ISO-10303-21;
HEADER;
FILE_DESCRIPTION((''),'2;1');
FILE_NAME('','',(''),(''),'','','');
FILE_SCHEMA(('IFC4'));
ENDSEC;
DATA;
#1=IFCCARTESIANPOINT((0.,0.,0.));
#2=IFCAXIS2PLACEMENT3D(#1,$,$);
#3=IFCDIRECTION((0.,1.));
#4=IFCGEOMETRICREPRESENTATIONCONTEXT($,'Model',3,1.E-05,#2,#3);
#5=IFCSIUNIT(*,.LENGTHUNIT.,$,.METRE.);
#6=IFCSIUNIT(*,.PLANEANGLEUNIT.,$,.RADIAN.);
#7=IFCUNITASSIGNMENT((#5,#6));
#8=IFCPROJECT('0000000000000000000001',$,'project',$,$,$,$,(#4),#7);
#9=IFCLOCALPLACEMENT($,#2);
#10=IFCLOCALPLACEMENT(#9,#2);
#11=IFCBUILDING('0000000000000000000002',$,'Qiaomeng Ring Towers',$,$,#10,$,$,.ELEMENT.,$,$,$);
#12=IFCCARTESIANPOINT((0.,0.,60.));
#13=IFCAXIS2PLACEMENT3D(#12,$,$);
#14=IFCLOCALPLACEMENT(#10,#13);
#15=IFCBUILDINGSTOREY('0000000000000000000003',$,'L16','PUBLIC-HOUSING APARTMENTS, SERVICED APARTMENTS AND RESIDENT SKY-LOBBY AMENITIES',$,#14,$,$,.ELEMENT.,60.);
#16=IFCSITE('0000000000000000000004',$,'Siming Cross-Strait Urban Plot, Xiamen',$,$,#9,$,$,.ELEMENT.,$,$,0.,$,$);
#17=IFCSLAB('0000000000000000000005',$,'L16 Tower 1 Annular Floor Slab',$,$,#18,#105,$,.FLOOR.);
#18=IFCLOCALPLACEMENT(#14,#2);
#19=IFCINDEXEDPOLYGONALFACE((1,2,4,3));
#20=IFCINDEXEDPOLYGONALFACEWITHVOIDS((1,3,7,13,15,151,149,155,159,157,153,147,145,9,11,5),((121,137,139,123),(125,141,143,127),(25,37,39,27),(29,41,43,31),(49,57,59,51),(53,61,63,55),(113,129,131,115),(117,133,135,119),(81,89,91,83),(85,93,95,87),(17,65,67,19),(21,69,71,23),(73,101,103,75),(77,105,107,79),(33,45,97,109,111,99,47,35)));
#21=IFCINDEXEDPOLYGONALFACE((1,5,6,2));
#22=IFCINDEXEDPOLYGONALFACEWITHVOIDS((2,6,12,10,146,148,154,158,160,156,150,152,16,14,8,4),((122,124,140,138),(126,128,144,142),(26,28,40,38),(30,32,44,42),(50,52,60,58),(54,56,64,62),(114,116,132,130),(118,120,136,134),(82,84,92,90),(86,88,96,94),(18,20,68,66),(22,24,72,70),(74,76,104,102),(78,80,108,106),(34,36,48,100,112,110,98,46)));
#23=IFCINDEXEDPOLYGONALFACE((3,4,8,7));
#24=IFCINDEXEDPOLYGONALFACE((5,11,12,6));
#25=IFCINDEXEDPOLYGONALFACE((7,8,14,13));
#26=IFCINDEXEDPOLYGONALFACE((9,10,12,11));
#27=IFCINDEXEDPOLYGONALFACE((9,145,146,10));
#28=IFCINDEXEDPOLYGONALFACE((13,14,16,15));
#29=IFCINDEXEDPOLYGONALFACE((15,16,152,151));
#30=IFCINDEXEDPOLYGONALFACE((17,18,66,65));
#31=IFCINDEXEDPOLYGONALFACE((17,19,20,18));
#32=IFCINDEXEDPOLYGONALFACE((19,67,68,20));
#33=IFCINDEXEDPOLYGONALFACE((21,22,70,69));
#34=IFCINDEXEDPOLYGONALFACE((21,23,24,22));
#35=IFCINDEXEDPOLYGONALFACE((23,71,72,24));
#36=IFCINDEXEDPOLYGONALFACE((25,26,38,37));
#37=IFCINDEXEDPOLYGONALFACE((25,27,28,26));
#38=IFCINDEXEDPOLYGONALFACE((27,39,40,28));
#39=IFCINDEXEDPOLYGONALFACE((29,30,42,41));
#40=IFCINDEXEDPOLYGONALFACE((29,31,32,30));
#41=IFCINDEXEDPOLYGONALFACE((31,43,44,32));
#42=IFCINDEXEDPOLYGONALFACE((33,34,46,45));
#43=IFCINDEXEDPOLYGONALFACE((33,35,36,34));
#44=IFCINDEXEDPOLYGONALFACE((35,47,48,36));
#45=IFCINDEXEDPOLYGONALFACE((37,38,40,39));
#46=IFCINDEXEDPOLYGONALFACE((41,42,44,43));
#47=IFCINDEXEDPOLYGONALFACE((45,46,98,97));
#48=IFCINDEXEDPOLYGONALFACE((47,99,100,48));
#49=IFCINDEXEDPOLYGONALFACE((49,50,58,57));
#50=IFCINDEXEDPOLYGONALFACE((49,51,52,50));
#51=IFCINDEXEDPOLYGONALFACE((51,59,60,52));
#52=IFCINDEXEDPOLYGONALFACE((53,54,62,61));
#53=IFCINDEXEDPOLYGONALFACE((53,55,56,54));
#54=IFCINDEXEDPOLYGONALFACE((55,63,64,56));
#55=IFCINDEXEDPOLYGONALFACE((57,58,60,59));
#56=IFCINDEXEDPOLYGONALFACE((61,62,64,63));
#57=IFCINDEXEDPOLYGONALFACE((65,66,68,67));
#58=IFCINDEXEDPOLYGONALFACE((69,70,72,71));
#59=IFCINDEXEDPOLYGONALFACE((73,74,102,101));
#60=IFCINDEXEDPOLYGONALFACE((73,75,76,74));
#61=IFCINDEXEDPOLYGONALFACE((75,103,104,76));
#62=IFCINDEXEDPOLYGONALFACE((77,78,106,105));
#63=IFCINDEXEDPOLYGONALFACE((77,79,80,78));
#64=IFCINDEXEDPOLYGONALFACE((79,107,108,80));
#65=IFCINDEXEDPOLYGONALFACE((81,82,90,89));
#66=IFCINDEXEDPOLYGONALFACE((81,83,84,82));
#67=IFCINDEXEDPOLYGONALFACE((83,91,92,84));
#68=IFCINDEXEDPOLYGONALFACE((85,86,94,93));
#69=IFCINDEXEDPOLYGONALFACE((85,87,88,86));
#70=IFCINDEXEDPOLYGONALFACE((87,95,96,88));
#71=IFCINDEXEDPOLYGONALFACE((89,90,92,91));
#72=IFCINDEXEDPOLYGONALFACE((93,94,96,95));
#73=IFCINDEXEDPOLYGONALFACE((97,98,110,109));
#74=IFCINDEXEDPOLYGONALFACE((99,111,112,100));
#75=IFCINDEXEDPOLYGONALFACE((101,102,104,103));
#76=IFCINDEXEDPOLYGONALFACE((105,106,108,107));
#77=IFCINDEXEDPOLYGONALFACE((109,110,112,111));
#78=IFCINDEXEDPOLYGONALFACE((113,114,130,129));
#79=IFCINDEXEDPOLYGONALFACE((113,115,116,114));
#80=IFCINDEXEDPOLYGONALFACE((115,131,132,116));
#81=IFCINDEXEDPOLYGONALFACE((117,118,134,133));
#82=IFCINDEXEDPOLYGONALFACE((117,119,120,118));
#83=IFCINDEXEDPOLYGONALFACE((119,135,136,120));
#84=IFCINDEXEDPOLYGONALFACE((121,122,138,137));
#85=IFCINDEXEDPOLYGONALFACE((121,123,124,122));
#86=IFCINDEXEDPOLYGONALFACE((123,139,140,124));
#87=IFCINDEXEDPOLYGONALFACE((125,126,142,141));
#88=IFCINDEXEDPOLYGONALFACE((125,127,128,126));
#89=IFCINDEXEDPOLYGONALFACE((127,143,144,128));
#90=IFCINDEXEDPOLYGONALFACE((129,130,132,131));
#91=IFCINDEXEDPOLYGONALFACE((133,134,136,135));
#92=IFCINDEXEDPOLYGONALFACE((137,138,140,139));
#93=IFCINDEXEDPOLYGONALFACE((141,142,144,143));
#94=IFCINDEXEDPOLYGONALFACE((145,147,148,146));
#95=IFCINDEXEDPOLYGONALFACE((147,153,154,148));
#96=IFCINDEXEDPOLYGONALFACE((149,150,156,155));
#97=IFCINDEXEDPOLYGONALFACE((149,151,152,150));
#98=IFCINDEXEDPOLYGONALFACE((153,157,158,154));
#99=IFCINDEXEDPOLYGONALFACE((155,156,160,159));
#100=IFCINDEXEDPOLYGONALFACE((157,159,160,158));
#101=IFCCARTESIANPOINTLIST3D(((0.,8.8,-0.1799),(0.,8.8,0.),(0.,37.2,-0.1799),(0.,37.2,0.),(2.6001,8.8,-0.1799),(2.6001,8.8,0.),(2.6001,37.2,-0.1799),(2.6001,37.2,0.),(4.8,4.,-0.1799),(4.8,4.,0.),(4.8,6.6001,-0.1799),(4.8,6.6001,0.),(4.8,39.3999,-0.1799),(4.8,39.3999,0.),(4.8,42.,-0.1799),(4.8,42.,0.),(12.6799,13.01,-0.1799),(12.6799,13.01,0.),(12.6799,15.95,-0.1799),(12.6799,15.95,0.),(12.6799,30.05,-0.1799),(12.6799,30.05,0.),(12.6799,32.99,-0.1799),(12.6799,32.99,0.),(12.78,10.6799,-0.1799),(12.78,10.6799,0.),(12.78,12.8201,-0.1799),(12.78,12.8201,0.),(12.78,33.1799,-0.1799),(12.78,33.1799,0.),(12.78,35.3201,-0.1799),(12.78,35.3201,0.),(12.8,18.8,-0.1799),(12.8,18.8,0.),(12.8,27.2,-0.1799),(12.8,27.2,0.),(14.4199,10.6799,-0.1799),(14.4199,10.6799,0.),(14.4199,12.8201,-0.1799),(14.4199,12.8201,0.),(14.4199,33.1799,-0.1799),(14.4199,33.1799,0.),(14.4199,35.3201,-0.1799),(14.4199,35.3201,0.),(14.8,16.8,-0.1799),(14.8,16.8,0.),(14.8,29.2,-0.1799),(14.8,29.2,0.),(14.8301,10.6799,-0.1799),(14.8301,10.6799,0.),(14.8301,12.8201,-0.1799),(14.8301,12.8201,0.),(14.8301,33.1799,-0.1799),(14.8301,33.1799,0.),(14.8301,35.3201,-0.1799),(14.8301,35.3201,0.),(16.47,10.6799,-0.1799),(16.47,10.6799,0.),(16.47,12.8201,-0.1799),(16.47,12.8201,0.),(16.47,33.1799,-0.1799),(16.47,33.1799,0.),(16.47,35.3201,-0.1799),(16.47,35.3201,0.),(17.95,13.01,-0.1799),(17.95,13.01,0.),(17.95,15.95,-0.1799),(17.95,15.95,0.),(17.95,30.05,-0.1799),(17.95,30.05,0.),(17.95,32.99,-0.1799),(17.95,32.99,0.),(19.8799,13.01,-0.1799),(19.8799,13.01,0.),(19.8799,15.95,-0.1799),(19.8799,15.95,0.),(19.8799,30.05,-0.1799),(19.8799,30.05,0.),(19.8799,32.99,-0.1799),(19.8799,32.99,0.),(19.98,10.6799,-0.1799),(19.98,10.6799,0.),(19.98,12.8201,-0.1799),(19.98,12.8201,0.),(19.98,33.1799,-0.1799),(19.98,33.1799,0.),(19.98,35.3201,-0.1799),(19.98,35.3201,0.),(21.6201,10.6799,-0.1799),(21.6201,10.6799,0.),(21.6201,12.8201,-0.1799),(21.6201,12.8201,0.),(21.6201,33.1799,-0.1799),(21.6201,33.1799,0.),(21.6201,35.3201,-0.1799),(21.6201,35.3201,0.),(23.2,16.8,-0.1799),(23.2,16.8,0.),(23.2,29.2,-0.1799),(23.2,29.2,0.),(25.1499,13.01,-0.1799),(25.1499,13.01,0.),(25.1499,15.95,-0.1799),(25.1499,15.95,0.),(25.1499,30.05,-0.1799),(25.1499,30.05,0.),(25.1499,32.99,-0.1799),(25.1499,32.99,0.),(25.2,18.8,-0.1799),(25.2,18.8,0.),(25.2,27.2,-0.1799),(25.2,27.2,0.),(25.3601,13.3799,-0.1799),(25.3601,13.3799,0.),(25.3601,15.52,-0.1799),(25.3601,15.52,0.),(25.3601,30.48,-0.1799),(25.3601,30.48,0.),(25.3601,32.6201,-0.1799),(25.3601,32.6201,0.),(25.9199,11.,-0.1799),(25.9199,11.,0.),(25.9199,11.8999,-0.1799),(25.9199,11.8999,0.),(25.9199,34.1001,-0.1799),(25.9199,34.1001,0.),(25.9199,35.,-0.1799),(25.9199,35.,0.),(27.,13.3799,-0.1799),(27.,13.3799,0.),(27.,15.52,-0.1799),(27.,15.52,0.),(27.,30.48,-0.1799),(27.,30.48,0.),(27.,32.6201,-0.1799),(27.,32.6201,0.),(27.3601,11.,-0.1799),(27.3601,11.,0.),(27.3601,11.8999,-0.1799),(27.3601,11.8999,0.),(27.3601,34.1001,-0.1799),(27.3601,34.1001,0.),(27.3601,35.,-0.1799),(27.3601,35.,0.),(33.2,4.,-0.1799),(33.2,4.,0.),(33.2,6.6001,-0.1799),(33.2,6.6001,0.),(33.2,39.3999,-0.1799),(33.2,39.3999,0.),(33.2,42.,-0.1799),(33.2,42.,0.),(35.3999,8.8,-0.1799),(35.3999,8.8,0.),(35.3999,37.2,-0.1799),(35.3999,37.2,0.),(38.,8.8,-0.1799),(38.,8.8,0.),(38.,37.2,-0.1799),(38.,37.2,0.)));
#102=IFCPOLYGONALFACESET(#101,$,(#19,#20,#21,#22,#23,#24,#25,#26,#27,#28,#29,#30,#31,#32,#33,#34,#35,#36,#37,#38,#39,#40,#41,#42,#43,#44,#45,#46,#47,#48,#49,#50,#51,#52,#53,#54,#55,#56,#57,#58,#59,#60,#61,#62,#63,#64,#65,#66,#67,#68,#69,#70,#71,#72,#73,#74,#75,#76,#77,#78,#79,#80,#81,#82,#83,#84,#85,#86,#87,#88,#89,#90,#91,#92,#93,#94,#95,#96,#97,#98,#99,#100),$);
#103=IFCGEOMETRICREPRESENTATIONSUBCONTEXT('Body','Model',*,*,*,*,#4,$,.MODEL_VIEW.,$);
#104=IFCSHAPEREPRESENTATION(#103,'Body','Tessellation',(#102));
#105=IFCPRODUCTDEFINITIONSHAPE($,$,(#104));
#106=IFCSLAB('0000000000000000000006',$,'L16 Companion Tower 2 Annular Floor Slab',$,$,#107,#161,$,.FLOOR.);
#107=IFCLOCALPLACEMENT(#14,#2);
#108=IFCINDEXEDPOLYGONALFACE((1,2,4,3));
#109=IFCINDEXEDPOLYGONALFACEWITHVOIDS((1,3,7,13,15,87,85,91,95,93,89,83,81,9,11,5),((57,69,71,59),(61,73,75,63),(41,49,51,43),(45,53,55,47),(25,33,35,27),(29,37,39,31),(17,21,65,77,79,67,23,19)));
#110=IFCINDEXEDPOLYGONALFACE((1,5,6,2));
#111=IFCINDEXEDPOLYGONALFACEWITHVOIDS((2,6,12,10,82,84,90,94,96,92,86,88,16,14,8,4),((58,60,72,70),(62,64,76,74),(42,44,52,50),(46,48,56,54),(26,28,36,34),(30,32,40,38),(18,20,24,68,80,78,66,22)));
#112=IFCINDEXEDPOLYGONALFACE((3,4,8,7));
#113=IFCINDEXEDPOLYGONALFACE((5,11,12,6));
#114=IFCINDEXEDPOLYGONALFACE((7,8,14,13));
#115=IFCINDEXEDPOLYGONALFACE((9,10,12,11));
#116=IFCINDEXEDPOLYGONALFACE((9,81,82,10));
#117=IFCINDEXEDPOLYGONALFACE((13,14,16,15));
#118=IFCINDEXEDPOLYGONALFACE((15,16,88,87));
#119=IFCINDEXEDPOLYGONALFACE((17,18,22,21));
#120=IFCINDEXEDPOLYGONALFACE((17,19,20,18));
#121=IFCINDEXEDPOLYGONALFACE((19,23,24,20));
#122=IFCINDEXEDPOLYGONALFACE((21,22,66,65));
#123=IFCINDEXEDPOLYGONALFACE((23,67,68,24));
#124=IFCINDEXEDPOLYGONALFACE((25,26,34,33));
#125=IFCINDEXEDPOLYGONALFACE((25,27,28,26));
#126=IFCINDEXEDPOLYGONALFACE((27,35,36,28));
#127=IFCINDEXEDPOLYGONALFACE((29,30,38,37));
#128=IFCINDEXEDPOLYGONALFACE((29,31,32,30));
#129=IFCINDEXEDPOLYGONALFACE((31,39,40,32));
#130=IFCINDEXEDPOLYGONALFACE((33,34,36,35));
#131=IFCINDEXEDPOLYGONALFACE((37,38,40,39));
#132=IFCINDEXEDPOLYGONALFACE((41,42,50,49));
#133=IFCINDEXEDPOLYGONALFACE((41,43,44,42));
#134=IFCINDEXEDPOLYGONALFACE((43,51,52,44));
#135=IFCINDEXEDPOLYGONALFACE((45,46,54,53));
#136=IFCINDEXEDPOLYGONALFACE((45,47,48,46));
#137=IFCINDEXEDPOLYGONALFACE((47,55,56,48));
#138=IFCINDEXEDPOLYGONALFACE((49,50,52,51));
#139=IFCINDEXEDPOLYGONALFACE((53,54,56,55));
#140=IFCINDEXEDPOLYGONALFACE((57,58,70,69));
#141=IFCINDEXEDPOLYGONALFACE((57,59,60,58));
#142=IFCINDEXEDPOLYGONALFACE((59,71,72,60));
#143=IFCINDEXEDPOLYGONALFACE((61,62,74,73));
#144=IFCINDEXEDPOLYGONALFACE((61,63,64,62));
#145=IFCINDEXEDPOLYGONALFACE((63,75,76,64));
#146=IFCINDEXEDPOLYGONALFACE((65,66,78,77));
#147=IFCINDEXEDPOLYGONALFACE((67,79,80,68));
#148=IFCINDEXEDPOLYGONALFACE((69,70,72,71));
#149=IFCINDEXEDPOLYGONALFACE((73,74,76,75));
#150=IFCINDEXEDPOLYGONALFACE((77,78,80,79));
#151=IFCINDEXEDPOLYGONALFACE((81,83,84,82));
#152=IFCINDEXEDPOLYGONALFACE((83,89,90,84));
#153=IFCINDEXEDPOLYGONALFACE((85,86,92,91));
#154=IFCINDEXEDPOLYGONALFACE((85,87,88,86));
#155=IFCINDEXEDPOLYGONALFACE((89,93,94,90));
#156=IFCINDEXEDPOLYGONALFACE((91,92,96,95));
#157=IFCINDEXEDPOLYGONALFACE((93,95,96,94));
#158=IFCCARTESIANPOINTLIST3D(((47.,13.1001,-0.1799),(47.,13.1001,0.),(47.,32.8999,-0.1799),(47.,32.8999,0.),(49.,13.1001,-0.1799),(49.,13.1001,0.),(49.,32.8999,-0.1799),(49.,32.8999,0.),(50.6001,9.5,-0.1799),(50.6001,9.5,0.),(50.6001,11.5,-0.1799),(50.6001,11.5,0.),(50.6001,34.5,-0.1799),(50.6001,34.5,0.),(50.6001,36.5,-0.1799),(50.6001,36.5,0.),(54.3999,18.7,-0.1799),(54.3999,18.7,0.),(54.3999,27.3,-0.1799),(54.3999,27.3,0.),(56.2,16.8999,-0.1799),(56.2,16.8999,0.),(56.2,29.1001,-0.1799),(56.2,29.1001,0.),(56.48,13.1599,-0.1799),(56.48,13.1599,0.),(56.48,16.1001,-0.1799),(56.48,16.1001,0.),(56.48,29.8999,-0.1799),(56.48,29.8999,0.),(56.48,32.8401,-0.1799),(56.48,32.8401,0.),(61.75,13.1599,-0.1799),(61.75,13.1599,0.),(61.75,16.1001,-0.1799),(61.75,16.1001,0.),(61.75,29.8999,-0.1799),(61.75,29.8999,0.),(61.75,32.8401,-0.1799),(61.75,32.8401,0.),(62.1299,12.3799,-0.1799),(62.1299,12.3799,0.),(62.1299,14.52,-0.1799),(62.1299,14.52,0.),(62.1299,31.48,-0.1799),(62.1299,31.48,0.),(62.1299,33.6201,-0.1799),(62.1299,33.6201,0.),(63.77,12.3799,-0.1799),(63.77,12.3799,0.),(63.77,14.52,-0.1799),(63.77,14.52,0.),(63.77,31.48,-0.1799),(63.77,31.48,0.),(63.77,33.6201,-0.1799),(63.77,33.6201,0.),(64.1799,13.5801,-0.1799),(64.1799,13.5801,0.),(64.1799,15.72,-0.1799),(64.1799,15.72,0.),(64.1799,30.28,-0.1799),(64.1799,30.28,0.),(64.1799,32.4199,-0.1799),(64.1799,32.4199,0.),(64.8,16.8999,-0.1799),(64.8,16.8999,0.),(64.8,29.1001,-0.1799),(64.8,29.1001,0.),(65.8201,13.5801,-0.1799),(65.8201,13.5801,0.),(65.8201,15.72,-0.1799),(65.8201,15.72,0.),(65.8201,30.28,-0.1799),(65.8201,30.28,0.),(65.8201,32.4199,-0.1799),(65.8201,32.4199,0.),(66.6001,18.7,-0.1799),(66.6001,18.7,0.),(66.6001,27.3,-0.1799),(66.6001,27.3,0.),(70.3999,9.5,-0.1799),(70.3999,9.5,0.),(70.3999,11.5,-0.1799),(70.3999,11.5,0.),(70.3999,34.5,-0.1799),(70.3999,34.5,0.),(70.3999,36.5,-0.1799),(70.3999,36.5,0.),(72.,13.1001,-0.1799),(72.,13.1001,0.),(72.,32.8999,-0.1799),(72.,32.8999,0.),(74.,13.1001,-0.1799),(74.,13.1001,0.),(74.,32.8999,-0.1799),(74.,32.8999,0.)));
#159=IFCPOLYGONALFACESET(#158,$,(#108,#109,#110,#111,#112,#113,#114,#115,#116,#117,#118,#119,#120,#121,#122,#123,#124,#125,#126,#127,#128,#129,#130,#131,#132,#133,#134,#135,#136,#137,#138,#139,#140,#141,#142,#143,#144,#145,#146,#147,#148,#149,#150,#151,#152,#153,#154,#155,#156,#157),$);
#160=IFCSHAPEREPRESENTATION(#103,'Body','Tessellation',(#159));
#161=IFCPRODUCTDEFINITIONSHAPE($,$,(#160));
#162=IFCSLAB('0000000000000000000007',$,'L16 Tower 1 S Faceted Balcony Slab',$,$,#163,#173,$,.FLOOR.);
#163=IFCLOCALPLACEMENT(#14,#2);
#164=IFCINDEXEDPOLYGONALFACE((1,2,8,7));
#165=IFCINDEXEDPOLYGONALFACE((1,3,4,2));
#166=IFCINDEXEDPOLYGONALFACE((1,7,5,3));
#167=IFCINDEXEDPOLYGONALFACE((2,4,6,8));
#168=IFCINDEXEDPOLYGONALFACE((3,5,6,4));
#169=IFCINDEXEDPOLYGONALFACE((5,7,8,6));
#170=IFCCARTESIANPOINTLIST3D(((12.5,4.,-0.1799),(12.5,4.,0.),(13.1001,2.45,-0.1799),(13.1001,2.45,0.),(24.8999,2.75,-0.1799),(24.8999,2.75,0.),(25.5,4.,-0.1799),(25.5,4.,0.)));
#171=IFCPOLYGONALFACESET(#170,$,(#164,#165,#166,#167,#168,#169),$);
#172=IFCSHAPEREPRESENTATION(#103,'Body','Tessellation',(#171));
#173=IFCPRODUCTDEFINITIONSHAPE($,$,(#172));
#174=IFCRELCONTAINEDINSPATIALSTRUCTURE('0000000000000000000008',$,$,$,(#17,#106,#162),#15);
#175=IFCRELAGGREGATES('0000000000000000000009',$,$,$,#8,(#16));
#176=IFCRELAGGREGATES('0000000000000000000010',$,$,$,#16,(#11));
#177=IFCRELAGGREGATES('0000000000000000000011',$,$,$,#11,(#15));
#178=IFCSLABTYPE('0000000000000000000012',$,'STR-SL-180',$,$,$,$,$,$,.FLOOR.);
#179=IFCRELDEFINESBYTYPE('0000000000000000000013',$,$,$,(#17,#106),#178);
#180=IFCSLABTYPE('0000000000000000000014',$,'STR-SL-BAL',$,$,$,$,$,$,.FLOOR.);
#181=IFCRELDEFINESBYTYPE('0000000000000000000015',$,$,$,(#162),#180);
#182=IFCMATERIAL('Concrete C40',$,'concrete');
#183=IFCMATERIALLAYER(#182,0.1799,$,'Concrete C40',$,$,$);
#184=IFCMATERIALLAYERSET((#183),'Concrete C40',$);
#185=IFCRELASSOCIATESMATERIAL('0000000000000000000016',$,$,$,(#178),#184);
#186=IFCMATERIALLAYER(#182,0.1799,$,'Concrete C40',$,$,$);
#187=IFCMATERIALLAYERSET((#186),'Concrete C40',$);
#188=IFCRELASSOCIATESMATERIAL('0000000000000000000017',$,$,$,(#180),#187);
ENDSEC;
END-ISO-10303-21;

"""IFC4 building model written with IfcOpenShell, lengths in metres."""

from ifc_helpers import new_model, si_unit, direction, frame, origin, place, context, subcontext, project, spatial, polyline, outline, extrude, material, layer, layer_set, type_object, element, save


model = new_model("IFC4")

# Units and contexts
model_context = context("Model", 3, precision=1e-05, world=origin(), true_north=direction((0.0, 1.0)))
body_context = subcontext(model_context, "Body", "Model", "MODEL_VIEW")
ifc_project = project(units=[si_unit("LENGTHUNIT", "METRE"), si_unit("PLANEANGLEUNIT", "RADIAN")], contexts=[model_context])

# Site, building, storey
site_placement = place(None, origin())
site = spatial("IfcSite", under=ifc_project, at=site_placement, Name="Siming Cross-Strait Urban Plot, Xiamen", CompositionType="ELEMENT", RefElevation=0.0)
building_placement = place(site_placement, origin())
building = spatial("IfcBuilding", under=site, at=building_placement, Name="Qiaomeng Ring Towers", CompositionType="ELEMENT")
storey_placement = place(building_placement, frame((0.0, 0.0, 60.0)))
storey = spatial("IfcBuildingStorey", under=building, at=storey_placement, Name="L16", Description="PUBLIC-HOUSING APARTMENTS, SERVICED APARTMENTS AND RESIDENT SKY-LOBBY AMENITIES", CompositionType="ELEMENT", Elevation=60.0)

# Slabs
ifc_material_1 = material(Name="Concrete C40", Category="concrete")
ifc_layer_1 = layer(ifc_material_1, 0.1799, Name="Concrete C40")
ifc_layer_set_1 = layer_set([ifc_layer_1], Name="Concrete C40")
slab_type_1 = type_object("IfcSlabType", Name="STR-SL-180", PredefinedType="FLOOR", material=ifc_layer_set_1)
slab_1_placement = place(storey_placement, frame((0.0, 0.0, -0.1799)))
element("IfcSlab", 1, at=slab_1_placement, inside=storey, type_object=slab_type_1, Name="L16 Tower 1 Annular Floor Slab", PredefinedType="FLOOR", context=body_context, shape_type="SweptSolid", body=[
    extrude(outline(polyline([(4.8, 4.0), (33.2, 4.0), (33.2, 6.6001), (35.3999, 8.8), (38.0, 8.8), (38.0, 37.2), (35.3999, 37.2), (33.2, 39.3999), (33.2, 42.0), (4.8, 42.0), (4.8, 39.3999), (2.6001, 37.2), (0.0, 37.2), (0.0, 8.8), (2.6001, 8.8), (4.8, 6.6001), (4.8, 4.0)]), holes=[polyline([(12.78, 10.6799), (12.78, 12.8201), (14.4199, 12.8201), (14.4199, 10.6799), (12.78, 10.6799)]), polyline([(14.8301, 12.8201), (16.47, 12.8201), (16.47, 10.6799), (14.8301, 10.6799), (14.8301, 12.8201)]), polyline([(12.6799, 15.95), (17.95, 15.95), (17.95, 13.01), (12.6799, 13.01), (12.6799, 15.95)]), polyline([(25.2, 27.2), (25.2, 18.8), (23.2, 16.8), (14.8, 16.8), (12.8, 18.8), (12.8, 27.2), (14.8, 29.2), (23.2, 29.2), (25.2, 27.2)]), polyline([(12.6799, 32.99), (17.95, 32.99), (17.95, 30.05), (12.6799, 30.05), (12.6799, 32.99)]), polyline([(12.78, 35.3201), (14.4199, 35.3201), (14.4199, 33.1799), (12.78, 33.1799), (12.78, 35.3201)]), polyline([(14.8301, 35.3201), (16.47, 35.3201), (16.47, 33.1799), (14.8301, 33.1799), (14.8301, 35.3201)]), polyline([(19.98, 35.3201), (21.6201, 35.3201), (21.6201, 33.1799), (19.98, 33.1799), (19.98, 35.3201)]), polyline([(25.9199, 11.8999), (27.3601, 11.8999), (27.3601, 11.0), (25.9199, 11.0), (25.9199, 11.8999)]), polyline([(19.98, 12.8201), (21.6201, 12.8201), (21.6201, 10.6799), (19.98, 10.6799), (19.98, 12.8201)]), polyline([(25.3601, 15.52), (27.0, 15.52), (27.0, 13.3799), (25.3601, 13.3799), (25.3601, 15.52)]), polyline([(19.8799, 15.95), (25.1499, 15.95), (25.1499, 13.01), (19.8799, 13.01), (19.8799, 15.95)]), polyline([(19.8799, 32.99), (25.1499, 32.99), (25.1499, 30.05), (19.8799, 30.05), (19.8799, 32.99)]), polyline([(25.3601, 32.6201), (27.0, 32.6201), (27.0, 30.48), (25.3601, 30.48), (25.3601, 32.6201)]), polyline([(25.9199, 35.0), (27.3601, 35.0), (27.3601, 34.1001), (25.9199, 34.1001), (25.9199, 35.0)])]), origin(), (0.0, 0.0, 1.0), 0.1799),
])
slab_2_placement = place(storey_placement, frame((0.0, 0.0, -0.1799)))
element("IfcSlab", 2, at=slab_2_placement, inside=storey, type_object=slab_type_1, Name="L16 Companion Tower 2 Annular Floor Slab", PredefinedType="FLOOR", context=body_context, shape_type="SweptSolid", body=[
    extrude(outline(polyline([(50.6001, 9.5), (70.3999, 9.5), (70.3999, 11.5), (72.0, 13.1001), (74.0, 13.1001), (74.0, 32.8999), (72.0, 32.8999), (70.3999, 34.5), (70.3999, 36.5), (50.6001, 36.5), (50.6001, 34.5), (49.0, 32.8999), (47.0, 32.8999), (47.0, 13.1001), (49.0, 13.1001), (50.6001, 11.5), (50.6001, 9.5)]), holes=[polyline([(62.1299, 12.3799), (62.1299, 14.52), (63.77, 14.52), (63.77, 12.3799), (62.1299, 12.3799)]), polyline([(56.48, 13.1599), (56.48, 16.1001), (61.75, 16.1001), (61.75, 13.1599), (56.48, 13.1599)]), polyline([(64.1799, 13.5801), (64.1799, 15.72), (65.8201, 15.72), (65.8201, 13.5801), (64.1799, 13.5801)]), polyline([(64.8, 29.1001), (66.6001, 27.3), (66.6001, 18.7), (64.8, 16.8999), (56.2, 16.8999), (54.3999, 18.7), (54.3999, 27.3), (56.2, 29.1001), (64.8, 29.1001)]), polyline([(64.1799, 30.28), (64.1799, 32.4199), (65.8201, 32.4199), (65.8201, 30.28), (64.1799, 30.28)]), polyline([(56.48, 32.8401), (61.75, 32.8401), (61.75, 29.8999), (56.48, 29.8999), (56.48, 32.8401)]), polyline([(62.1299, 33.6201), (63.77, 33.6201), (63.77, 31.48), (62.1299, 31.48), (62.1299, 33.6201)])]), origin(), (0.0, 0.0, 1.0), 0.1799),
])
ifc_layer_2 = layer(ifc_material_1, 0.1799, Name="Concrete C40")
ifc_layer_set_2 = layer_set([ifc_layer_2], Name="Concrete C40")
slab_type_2 = type_object("IfcSlabType", Name="STR-SL-BAL", PredefinedType="FLOOR", material=ifc_layer_set_2)
slab_3_placement = place(storey_placement, frame((0.0, 0.0, -0.1799)))
element("IfcSlab", 3, at=slab_3_placement, inside=storey, type_object=slab_type_2, Name="L16 Tower 1 S Faceted Balcony Slab", PredefinedType="FLOOR", context=body_context, shape_type="SweptSolid", body=[
    extrude(outline(polyline([(24.8999, 2.75), (13.1001, 2.45), (12.5, 4.0), (25.5, 4.0), (24.8999, 2.75)])), origin(), (0.0, 0.0, 1.0), 0.1799),
])

save(model, "model.ifc")
